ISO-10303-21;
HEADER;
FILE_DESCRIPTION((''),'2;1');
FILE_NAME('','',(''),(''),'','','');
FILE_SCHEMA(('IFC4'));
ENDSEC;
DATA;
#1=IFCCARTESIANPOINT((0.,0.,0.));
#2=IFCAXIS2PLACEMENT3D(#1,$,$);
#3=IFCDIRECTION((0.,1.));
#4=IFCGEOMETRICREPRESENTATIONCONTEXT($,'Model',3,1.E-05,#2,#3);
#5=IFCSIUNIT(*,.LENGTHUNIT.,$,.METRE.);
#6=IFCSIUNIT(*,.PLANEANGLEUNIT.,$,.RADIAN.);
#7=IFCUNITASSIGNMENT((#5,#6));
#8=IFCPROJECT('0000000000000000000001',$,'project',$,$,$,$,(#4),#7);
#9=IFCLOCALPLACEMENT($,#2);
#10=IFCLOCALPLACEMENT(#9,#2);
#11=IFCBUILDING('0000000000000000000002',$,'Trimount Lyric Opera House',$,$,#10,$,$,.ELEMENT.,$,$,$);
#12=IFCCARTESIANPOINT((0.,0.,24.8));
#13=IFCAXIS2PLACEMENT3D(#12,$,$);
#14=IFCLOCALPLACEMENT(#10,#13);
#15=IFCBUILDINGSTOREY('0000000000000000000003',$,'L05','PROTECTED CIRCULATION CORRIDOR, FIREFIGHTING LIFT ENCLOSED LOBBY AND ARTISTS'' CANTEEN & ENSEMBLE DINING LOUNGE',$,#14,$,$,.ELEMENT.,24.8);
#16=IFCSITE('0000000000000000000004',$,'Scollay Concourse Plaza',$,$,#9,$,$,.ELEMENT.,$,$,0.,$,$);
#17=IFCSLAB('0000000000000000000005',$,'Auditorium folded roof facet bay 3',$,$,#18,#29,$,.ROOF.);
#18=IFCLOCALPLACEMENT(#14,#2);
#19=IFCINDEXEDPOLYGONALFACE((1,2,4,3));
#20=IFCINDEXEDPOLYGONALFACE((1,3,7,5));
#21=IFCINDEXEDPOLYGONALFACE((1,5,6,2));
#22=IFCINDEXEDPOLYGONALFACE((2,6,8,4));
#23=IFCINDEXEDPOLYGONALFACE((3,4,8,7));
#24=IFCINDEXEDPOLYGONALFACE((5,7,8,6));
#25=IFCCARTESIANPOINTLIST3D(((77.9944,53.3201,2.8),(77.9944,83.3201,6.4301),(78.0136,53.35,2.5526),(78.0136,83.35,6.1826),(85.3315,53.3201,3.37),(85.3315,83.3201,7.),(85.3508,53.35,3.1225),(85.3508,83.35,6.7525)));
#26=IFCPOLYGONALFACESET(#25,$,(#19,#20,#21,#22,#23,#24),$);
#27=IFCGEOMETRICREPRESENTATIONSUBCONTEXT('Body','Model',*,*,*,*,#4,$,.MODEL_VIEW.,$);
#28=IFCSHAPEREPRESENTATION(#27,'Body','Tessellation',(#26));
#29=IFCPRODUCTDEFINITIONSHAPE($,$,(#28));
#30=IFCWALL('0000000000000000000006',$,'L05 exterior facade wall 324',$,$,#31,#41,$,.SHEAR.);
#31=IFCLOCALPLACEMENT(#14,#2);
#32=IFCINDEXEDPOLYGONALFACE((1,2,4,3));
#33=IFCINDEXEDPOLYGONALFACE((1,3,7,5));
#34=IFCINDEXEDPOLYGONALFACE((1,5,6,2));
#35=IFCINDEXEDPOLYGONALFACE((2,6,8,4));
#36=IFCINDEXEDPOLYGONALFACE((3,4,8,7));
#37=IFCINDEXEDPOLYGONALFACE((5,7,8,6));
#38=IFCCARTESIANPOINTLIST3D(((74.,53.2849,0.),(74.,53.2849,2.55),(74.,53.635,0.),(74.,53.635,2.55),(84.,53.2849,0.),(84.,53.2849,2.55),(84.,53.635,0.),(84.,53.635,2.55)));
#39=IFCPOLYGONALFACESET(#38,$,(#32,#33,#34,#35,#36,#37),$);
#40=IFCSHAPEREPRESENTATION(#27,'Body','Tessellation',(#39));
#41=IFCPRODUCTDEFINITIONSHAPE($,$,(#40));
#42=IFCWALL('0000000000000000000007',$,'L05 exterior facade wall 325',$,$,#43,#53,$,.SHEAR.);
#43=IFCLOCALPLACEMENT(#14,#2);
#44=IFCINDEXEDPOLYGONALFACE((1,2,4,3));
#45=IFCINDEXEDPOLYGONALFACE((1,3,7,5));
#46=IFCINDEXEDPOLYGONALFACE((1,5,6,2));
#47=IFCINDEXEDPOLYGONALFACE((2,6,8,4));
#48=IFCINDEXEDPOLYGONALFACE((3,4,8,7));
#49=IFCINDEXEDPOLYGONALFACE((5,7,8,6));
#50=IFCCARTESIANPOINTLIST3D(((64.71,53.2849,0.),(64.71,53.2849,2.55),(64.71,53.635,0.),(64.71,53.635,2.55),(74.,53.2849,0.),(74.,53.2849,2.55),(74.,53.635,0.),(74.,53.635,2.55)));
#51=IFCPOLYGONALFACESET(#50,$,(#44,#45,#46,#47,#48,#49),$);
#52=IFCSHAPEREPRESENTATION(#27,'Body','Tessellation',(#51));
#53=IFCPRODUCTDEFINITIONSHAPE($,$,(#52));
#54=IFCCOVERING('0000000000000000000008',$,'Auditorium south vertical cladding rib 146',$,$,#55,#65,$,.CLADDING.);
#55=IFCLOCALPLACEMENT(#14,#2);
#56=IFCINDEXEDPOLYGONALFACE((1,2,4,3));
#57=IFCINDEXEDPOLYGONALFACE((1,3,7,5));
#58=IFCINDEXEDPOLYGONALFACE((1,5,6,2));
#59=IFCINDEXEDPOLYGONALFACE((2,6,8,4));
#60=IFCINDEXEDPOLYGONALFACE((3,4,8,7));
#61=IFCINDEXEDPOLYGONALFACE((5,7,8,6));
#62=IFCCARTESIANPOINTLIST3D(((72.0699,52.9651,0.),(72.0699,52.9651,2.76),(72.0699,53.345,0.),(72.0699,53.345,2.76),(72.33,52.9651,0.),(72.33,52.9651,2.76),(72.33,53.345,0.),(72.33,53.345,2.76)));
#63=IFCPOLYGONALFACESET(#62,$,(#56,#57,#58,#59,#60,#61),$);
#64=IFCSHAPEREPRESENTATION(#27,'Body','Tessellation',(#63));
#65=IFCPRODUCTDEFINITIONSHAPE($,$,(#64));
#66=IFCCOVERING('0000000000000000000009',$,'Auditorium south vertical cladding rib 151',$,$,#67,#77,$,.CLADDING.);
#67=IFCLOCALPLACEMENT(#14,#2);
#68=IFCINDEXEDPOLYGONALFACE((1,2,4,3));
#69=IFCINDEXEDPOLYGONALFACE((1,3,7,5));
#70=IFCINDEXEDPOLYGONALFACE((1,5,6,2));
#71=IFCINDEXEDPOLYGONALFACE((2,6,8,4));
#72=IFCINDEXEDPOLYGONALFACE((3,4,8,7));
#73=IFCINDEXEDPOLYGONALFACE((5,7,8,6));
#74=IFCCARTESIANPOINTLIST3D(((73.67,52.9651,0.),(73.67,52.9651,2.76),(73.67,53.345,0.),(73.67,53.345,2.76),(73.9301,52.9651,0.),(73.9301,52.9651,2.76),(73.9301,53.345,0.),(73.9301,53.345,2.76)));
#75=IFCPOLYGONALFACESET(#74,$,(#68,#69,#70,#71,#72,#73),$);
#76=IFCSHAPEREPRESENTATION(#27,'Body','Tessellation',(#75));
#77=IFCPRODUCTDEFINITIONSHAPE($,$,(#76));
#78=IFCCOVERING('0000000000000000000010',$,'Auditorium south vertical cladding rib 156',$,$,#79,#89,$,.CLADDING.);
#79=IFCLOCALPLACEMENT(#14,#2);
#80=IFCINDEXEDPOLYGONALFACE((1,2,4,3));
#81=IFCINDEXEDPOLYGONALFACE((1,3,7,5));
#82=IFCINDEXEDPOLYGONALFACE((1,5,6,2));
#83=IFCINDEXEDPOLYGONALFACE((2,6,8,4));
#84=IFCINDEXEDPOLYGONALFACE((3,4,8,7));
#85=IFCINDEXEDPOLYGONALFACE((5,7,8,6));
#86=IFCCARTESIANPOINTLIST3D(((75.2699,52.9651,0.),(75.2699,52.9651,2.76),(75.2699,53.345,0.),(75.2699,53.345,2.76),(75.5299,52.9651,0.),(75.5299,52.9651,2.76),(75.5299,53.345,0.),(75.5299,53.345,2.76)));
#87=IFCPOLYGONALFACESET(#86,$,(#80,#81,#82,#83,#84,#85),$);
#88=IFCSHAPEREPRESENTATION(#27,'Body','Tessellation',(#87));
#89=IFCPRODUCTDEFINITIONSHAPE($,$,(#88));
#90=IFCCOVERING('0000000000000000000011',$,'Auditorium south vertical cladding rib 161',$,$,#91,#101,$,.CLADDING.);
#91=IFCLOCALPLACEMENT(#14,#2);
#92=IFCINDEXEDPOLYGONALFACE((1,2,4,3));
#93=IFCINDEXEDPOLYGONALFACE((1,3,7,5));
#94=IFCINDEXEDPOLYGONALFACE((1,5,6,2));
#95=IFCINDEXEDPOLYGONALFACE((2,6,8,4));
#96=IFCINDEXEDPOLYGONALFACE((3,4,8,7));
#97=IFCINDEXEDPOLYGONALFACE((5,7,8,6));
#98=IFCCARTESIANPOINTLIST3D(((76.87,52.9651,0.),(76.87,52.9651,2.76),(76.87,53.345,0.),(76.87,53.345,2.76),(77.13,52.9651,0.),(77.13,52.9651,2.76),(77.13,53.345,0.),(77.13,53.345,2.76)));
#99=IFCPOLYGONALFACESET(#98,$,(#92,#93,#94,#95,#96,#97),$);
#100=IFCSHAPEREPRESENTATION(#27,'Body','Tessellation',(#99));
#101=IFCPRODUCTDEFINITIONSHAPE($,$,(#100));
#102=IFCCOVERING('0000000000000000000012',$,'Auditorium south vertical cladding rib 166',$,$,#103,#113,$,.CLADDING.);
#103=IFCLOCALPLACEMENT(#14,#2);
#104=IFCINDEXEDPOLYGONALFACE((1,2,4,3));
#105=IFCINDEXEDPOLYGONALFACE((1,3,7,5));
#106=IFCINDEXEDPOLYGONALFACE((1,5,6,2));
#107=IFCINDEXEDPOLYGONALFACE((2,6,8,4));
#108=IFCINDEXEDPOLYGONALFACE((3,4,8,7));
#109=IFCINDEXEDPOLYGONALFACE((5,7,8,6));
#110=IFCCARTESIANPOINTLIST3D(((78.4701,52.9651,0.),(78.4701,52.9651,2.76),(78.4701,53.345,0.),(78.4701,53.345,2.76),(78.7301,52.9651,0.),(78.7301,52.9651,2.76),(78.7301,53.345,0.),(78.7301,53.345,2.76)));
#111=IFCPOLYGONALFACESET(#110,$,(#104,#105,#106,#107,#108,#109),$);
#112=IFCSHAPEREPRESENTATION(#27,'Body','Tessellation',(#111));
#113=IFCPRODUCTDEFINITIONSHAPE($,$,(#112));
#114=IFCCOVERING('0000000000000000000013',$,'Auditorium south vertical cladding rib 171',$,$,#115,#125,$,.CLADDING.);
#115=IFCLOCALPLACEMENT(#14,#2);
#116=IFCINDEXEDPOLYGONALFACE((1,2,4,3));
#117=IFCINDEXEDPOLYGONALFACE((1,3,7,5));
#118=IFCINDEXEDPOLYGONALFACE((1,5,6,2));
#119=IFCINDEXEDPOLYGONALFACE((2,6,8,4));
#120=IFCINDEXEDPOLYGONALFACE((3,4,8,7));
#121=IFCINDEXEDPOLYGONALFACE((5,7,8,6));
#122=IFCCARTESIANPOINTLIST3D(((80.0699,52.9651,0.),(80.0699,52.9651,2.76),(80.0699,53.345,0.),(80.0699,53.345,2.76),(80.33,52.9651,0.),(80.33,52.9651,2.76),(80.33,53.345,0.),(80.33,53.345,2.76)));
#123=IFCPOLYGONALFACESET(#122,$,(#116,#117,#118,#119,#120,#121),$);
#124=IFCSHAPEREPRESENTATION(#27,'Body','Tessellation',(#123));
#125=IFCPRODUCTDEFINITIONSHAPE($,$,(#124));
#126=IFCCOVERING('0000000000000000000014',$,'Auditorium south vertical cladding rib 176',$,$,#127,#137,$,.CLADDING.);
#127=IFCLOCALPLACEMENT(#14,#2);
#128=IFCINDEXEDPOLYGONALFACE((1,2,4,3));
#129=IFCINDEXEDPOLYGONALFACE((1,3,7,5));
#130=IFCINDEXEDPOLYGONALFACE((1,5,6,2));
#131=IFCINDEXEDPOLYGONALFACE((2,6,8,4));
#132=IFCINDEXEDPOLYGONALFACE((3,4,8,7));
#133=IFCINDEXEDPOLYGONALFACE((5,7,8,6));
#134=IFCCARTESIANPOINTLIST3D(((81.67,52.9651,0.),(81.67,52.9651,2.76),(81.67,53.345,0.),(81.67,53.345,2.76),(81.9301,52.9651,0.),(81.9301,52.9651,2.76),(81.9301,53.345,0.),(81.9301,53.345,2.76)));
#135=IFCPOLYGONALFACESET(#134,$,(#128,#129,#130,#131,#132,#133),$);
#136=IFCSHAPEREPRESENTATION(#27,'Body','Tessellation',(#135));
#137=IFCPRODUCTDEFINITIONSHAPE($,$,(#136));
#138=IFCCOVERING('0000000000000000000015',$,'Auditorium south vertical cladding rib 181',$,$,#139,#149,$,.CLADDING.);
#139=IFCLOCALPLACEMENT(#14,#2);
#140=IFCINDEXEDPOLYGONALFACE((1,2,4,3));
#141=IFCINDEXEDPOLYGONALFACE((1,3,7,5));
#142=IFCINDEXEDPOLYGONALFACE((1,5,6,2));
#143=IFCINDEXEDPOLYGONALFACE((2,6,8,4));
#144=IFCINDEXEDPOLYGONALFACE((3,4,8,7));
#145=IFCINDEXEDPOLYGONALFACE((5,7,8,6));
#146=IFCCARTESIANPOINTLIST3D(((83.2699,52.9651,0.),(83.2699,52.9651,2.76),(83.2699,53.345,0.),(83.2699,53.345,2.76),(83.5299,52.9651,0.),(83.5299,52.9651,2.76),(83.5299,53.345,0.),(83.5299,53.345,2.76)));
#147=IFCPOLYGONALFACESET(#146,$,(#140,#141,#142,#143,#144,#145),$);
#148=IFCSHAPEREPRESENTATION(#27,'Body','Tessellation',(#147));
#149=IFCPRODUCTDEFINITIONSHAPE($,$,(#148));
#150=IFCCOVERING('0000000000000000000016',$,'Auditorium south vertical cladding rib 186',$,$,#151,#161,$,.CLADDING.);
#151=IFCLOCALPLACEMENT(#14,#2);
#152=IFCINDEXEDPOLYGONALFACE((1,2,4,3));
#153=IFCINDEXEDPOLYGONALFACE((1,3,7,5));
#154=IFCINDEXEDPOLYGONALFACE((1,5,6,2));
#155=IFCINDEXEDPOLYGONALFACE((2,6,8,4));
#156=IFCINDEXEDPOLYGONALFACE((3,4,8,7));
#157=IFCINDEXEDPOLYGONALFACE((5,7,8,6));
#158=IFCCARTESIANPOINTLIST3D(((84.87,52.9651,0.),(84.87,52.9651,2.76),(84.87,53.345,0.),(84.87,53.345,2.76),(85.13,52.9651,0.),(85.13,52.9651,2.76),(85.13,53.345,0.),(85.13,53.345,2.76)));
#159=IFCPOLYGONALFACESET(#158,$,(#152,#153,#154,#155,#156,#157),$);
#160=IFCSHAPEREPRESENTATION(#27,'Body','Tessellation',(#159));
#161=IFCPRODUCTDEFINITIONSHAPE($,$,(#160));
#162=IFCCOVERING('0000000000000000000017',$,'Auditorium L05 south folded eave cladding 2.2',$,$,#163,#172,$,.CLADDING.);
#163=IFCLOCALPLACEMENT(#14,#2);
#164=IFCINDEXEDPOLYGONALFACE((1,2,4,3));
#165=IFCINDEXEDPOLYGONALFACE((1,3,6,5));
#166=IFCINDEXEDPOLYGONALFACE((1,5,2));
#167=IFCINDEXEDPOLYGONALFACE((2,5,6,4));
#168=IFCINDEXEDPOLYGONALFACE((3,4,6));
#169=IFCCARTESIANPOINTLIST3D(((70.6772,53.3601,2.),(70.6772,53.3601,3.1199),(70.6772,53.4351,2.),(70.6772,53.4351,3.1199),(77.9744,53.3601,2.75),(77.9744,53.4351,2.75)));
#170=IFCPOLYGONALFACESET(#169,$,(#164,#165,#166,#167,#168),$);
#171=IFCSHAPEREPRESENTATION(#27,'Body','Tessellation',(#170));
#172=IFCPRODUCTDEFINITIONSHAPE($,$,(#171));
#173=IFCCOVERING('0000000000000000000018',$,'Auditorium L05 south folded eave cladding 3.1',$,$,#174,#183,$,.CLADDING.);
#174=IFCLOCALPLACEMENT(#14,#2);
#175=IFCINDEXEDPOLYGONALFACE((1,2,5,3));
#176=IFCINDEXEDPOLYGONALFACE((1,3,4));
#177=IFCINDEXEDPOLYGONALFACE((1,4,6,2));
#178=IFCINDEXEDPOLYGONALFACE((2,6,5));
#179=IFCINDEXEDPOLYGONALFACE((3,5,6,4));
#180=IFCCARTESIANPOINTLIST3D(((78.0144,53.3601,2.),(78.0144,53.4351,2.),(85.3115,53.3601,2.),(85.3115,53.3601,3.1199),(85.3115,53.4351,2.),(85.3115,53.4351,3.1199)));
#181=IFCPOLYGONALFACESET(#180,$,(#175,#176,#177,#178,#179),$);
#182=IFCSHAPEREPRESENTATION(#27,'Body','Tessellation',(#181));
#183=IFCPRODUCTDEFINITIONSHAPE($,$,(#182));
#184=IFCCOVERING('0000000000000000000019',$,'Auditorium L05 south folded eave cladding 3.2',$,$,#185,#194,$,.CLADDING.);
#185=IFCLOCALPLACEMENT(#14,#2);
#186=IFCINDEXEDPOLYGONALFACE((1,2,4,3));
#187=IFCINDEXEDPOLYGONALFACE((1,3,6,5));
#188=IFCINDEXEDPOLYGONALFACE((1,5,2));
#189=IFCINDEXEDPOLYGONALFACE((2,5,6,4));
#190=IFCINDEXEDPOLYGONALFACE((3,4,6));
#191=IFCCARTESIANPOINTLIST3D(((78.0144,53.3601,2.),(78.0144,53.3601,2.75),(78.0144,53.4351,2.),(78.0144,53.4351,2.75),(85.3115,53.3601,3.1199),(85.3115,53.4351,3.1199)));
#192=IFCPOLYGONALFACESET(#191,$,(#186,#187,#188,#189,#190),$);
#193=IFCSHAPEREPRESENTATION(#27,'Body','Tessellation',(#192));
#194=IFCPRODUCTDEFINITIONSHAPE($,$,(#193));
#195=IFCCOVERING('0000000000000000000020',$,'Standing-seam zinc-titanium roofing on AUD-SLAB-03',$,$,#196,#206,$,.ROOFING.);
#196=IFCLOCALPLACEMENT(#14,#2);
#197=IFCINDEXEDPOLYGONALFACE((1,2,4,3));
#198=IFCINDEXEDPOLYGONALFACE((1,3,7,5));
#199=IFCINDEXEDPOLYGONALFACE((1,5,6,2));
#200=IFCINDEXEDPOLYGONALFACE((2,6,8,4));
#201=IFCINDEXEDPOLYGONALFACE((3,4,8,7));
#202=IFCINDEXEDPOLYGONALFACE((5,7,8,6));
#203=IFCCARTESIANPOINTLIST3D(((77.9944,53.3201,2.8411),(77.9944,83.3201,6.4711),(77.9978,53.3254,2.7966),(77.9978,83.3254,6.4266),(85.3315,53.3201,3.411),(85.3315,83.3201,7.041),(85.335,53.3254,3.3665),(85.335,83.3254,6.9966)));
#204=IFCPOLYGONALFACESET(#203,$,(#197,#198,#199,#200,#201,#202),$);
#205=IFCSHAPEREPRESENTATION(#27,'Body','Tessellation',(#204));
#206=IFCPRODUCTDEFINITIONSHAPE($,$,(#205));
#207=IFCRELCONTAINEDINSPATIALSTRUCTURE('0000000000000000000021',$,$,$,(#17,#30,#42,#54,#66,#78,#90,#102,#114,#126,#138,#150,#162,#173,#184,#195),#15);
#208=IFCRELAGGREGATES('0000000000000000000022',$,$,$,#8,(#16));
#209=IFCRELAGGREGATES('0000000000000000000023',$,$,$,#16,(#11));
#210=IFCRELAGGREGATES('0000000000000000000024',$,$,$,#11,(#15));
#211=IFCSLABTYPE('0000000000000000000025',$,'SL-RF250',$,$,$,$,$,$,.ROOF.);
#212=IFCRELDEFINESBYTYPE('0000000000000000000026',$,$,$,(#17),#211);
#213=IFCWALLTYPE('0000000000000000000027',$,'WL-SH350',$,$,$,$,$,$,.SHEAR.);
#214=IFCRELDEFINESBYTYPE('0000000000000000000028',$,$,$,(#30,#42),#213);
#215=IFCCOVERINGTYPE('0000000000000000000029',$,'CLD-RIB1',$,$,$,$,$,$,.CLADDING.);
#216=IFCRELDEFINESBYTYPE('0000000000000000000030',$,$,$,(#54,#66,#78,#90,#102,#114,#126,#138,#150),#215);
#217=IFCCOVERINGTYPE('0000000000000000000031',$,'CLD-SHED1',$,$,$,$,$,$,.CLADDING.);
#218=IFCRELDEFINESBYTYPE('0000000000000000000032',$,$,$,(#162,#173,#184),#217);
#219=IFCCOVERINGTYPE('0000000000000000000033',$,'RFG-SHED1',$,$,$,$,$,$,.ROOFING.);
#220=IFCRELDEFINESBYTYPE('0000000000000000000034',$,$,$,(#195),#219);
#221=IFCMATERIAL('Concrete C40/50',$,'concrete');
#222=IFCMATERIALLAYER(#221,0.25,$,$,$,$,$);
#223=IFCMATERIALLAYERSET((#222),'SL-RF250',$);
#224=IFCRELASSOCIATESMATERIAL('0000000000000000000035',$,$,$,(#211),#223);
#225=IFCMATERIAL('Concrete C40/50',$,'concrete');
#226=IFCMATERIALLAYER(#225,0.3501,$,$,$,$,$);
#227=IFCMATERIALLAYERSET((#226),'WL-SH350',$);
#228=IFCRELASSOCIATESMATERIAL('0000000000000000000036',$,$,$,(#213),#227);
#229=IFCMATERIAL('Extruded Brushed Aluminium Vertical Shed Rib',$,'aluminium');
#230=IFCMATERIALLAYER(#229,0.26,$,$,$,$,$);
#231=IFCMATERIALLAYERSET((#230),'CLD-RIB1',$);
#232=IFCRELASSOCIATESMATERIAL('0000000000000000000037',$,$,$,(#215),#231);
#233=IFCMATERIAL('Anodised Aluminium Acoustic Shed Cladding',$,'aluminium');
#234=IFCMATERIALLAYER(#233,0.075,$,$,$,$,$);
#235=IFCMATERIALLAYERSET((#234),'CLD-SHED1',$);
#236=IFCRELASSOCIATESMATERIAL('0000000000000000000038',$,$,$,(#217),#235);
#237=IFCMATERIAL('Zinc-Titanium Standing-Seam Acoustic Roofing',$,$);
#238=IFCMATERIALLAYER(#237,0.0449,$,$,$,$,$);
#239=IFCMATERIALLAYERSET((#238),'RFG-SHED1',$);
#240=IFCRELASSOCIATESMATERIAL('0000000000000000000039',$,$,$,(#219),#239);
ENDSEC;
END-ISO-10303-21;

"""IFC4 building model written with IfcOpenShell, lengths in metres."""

from ifc_helpers import new_model, si_unit, direction, frame, frame_2d, origin, origin_2d, place, context, subcontext, project, spatial, polyline, rectangle, outline, extrude, material, layer, layer_set, type_object, element, save


model = new_model("IFC4")

# Units and contexts
model_context = context("Model", 3, precision=1e-05, world=origin(), true_north=direction((0.0, 1.0)))
body_context = subcontext(model_context, "Body", "Model", "MODEL_VIEW")
ifc_project = project(units=[si_unit("LENGTHUNIT", "METRE"), si_unit("PLANEANGLEUNIT", "RADIAN")], contexts=[model_context])

# Site, building, storey
site_placement = place(None, origin())
site = spatial("IfcSite", under=ifc_project, at=site_placement, Name="Scollay Concourse Plaza", CompositionType="ELEMENT", RefElevation=0.0)
building_placement = place(site_placement, origin())
building = spatial("IfcBuilding", under=site, at=building_placement, Name="Trimount Lyric Opera House", CompositionType="ELEMENT")
storey_placement = place(building_placement, frame((0.0, 0.0, 24.8)))
storey = spatial("IfcBuildingStorey", under=building, at=storey_placement, Name="L05", Description="PROTECTED CIRCULATION CORRIDOR, FIREFIGHTING LIFT ENCLOSED LOBBY AND ARTISTS' CANTEEN & ENSEMBLE DINING LOUNGE", CompositionType="ELEMENT", Elevation=24.8)

# Slab
ifc_material_1 = material(Name="Concrete C40/50", Category="concrete")
ifc_layer_1 = layer(ifc_material_1, 0.25)
ifc_layer_set_1 = layer_set([ifc_layer_1], Name="SL-RF250")
slab_type_1 = type_object("IfcSlabType", Name="SL-RF250", PredefinedType="ROOF", material=ifc_layer_set_1)
slab_1_placement = place(storey_placement, frame((77.9944, 53.3201, 2.8), z_axis=(-0.076889, -0.119768, 0.98982), x_axis=(0.996997, -0.000002, 0.077446)))
element("IfcSlab", 1, at=slab_1_placement, inside=storey, type_object=slab_type_1, Name="Auditorium folded roof facet bay 3", PredefinedType="ROOF", context=body_context, shape_type="SweptSolid", body=[
    extrude(outline(polyline([(0.0, 0.0), (7.3593, 0.0), (7.6403, 30.2175), (0.2811, 30.2175), (0.0, 0.0)])), origin(), (0.0, 0.0, -1.0), 0.25),
])

# Walls
ifc_material_2 = material(Name="Concrete C40/50", Category="concrete")
ifc_layer_2 = layer(ifc_material_2, 0.3501)
ifc_layer_set_2 = layer_set([ifc_layer_2], Name="WL-SH350")
wall_type = type_object("IfcWallType", Name="WL-SH350", PredefinedType="SHEAR", material=ifc_layer_set_2)
wall_1_placement = place(storey_placement, frame((84.0, 53.46, 0.0), z_axis=(0.0, 0.0, 1.0), x_axis=(-1.0, 0.0, 0.0)))
element("IfcWall", 2, at=wall_1_placement, inside=storey, type_object=wall_type, Name="L05 exterior facade wall 324", PredefinedType="SHEAR", context=body_context, shape_type="SweptSolid", body=[
    extrude(rectangle(XDim=10.0, YDim=0.3501, at=frame_2d((5.0, 0.0))), origin(), (0.0, 0.0, 1.0), 2.55),
])
wall_2_placement = place(storey_placement, frame((74.0, 53.46, 0.0), z_axis=(0.0, 0.0, 1.0), x_axis=(-1.0, 0.0, 0.0)))
element("IfcWall", 3, at=wall_2_placement, inside=storey, type_object=wall_type, Name="L05 exterior facade wall 325", PredefinedType="SHEAR", context=body_context, shape_type="SweptSolid", body=[
    extrude(rectangle(XDim=9.29, YDim=0.3501, at=frame_2d((4.645, 0.0))), origin(), (0.0, 0.0, 1.0), 2.55),
])

# Coverings
ifc_material_3 = material(Name="Extruded Brushed Aluminium Vertical Shed Rib", Category="aluminium")
ifc_layer_3 = layer(ifc_material_3, 0.26)
ifc_layer_set_3 = layer_set([ifc_layer_3], Name="CLD-RIB1")
covering_type_1 = type_object("IfcCoveringType", Name="CLD-RIB1", PredefinedType="CLADDING", material=ifc_layer_set_3)
for number, where, z_axis, x_axis, name in (
    (4, (72.2, 53.155, 0.0), (0.0, 0.0, 1.0), (1.0, 0.0, 0.0), "Auditorium south vertical cladding rib 146"),
    (5, (73.8, 53.155, 0.0), (0.0, 0.0, 1.0), (1.0, 0.0, 0.0), "Auditorium south vertical cladding rib 151"),
    (6, (75.3999, 53.155, 0.0), (0.0, 0.0, 1.0), (1.0, 0.0, 0.0), "Auditorium south vertical cladding rib 156"),
    (7, (77.0, 53.155, 0.0), (0.0, 0.0, 1.0), (1.0, 0.0, 0.0), "Auditorium south vertical cladding rib 161"),
    (8, (78.6001, 53.155, 0.0), (0.0, 0.0, 1.0), (1.0, 0.0, 0.0), "Auditorium south vertical cladding rib 166"),
    (9, (80.2, 53.155, 0.0), (0.0, 0.0, 1.0), (1.0, 0.0, 0.0), "Auditorium south vertical cladding rib 171"),
    (10, (81.8, 53.155, 0.0), (0.0, 0.0, 1.0), (1.0, 0.0, 0.0), "Auditorium south vertical cladding rib 176"),
    (11, (83.3999, 53.155, 0.0), (0.0, 0.0, 1.0), (1.0, 0.0, 0.0), "Auditorium south vertical cladding rib 181"),
    (12, (85.0, 53.155, 0.0), (0.0, 0.0, 1.0), (1.0, 0.0, 0.0), "Auditorium south vertical cladding rib 186"),
):
    element("IfcCovering", number, at=place(storey_placement, frame(where, z_axis=z_axis, x_axis=x_axis)), inside=storey, type_object=covering_type_1, Name=name, PredefinedType="CLADDING", context=body_context, shape_type="SweptSolid", body=[
        extrude(rectangle(XDim=0.26, YDim=0.3799, at=origin_2d()), origin(), (0.0, 0.0, 1.0), 2.76),
    ])
ifc_material_4 = material(Name="Anodised Aluminium Acoustic Shed Cladding", Category="aluminium")
ifc_layer_4 = layer(ifc_material_4, 0.075)
ifc_layer_set_4 = layer_set([ifc_layer_4], Name="CLD-SHED1")
covering_type_2 = type_object("IfcCoveringType", Name="CLD-SHED1", PredefinedType="CLADDING", material=ifc_layer_set_4)
covering_1_placement = place(storey_placement, frame((70.6772, 53.3601, 2.0), z_axis=(0.0, -1.0, 0.0), x_axis=(0.99476, 0.0, 0.102242)))
element("IfcCovering", 13, at=covering_1_placement, inside=storey, type_object=covering_type_2, Name="Auditorium L05 south folded eave cladding 2.2", PredefinedType="CLADDING", context=body_context, shape_type="SweptSolid", body=[
    extrude(outline(polyline([(0.0, 0.0), (7.3356, 0.0), (0.1145, 1.114), (0.0, 0.0)])), origin(), (0.0, 0.0, -1.0), 0.075),
])
covering_2_placement = place(storey_placement, frame((78.0144, 53.3601, 2.0), z_axis=(0.0, -1.0, 0.0), x_axis=(1.0, 0.0, 0.0)))
element("IfcCovering", 14, at=covering_2_placement, inside=storey, type_object=covering_type_2, Name="Auditorium L05 south folded eave cladding 3.1", PredefinedType="CLADDING", context=body_context, shape_type="SweptSolid", body=[
    extrude(outline(polyline([(0.0, 0.0), (7.2971, 0.0), (7.2971, 1.1199), (0.0, 0.0)])), origin(), (0.0, 0.0, -1.0), 0.075),
])
covering_3_placement = place(storey_placement, frame((78.0144, 53.3601, 2.0), z_axis=(0.0, -1.0, 0.0), x_axis=(0.988428, 0.0, 0.151692)))
element("IfcCovering", 15, at=covering_3_placement, inside=storey, type_object=covering_type_2, Name="Auditorium L05 south folded eave cladding 3.2", PredefinedType="CLADDING", context=body_context, shape_type="SweptSolid", body=[
    extrude(outline(polyline([(0.0, 0.0), (7.3826, 0.0), (0.1138, 0.7413), (0.0, 0.0)])), origin(), (0.0, 0.0, -1.0), 0.075),
])
ifc_material_5 = material(Name="Zinc-Titanium Standing-Seam Acoustic Roofing")
ifc_layer_5 = layer(ifc_material_5, 0.0449)
ifc_layer_set_5 = layer_set([ifc_layer_5], Name="RFG-SHED1")
covering_type_3 = type_object("IfcCoveringType", Name="RFG-SHED1", PredefinedType="ROOFING", material=ifc_layer_set_5)
covering_4_placement = place(storey_placement, frame((77.9944, 53.3201, 2.8411), z_axis=(-0.076889, -0.119768, 0.98982), x_axis=(0.996997, -0.000002, 0.077446)))
element("IfcCovering", 16, at=covering_4_placement, inside=storey, type_object=covering_type_3, Name="Standing-seam zinc-titanium roofing on AUD-SLAB-03", PredefinedType="ROOFING", context=body_context, shape_type="SweptSolid", body=[
    extrude(outline(polyline([(0.0, 0.0), (7.3593, 0.0), (7.6403, 30.2175), (0.2811, 30.2175), (0.0, 0.0)])), origin(), (0.0, 0.0, -1.0), 0.0449),
])

save(model, "model.ifc")
